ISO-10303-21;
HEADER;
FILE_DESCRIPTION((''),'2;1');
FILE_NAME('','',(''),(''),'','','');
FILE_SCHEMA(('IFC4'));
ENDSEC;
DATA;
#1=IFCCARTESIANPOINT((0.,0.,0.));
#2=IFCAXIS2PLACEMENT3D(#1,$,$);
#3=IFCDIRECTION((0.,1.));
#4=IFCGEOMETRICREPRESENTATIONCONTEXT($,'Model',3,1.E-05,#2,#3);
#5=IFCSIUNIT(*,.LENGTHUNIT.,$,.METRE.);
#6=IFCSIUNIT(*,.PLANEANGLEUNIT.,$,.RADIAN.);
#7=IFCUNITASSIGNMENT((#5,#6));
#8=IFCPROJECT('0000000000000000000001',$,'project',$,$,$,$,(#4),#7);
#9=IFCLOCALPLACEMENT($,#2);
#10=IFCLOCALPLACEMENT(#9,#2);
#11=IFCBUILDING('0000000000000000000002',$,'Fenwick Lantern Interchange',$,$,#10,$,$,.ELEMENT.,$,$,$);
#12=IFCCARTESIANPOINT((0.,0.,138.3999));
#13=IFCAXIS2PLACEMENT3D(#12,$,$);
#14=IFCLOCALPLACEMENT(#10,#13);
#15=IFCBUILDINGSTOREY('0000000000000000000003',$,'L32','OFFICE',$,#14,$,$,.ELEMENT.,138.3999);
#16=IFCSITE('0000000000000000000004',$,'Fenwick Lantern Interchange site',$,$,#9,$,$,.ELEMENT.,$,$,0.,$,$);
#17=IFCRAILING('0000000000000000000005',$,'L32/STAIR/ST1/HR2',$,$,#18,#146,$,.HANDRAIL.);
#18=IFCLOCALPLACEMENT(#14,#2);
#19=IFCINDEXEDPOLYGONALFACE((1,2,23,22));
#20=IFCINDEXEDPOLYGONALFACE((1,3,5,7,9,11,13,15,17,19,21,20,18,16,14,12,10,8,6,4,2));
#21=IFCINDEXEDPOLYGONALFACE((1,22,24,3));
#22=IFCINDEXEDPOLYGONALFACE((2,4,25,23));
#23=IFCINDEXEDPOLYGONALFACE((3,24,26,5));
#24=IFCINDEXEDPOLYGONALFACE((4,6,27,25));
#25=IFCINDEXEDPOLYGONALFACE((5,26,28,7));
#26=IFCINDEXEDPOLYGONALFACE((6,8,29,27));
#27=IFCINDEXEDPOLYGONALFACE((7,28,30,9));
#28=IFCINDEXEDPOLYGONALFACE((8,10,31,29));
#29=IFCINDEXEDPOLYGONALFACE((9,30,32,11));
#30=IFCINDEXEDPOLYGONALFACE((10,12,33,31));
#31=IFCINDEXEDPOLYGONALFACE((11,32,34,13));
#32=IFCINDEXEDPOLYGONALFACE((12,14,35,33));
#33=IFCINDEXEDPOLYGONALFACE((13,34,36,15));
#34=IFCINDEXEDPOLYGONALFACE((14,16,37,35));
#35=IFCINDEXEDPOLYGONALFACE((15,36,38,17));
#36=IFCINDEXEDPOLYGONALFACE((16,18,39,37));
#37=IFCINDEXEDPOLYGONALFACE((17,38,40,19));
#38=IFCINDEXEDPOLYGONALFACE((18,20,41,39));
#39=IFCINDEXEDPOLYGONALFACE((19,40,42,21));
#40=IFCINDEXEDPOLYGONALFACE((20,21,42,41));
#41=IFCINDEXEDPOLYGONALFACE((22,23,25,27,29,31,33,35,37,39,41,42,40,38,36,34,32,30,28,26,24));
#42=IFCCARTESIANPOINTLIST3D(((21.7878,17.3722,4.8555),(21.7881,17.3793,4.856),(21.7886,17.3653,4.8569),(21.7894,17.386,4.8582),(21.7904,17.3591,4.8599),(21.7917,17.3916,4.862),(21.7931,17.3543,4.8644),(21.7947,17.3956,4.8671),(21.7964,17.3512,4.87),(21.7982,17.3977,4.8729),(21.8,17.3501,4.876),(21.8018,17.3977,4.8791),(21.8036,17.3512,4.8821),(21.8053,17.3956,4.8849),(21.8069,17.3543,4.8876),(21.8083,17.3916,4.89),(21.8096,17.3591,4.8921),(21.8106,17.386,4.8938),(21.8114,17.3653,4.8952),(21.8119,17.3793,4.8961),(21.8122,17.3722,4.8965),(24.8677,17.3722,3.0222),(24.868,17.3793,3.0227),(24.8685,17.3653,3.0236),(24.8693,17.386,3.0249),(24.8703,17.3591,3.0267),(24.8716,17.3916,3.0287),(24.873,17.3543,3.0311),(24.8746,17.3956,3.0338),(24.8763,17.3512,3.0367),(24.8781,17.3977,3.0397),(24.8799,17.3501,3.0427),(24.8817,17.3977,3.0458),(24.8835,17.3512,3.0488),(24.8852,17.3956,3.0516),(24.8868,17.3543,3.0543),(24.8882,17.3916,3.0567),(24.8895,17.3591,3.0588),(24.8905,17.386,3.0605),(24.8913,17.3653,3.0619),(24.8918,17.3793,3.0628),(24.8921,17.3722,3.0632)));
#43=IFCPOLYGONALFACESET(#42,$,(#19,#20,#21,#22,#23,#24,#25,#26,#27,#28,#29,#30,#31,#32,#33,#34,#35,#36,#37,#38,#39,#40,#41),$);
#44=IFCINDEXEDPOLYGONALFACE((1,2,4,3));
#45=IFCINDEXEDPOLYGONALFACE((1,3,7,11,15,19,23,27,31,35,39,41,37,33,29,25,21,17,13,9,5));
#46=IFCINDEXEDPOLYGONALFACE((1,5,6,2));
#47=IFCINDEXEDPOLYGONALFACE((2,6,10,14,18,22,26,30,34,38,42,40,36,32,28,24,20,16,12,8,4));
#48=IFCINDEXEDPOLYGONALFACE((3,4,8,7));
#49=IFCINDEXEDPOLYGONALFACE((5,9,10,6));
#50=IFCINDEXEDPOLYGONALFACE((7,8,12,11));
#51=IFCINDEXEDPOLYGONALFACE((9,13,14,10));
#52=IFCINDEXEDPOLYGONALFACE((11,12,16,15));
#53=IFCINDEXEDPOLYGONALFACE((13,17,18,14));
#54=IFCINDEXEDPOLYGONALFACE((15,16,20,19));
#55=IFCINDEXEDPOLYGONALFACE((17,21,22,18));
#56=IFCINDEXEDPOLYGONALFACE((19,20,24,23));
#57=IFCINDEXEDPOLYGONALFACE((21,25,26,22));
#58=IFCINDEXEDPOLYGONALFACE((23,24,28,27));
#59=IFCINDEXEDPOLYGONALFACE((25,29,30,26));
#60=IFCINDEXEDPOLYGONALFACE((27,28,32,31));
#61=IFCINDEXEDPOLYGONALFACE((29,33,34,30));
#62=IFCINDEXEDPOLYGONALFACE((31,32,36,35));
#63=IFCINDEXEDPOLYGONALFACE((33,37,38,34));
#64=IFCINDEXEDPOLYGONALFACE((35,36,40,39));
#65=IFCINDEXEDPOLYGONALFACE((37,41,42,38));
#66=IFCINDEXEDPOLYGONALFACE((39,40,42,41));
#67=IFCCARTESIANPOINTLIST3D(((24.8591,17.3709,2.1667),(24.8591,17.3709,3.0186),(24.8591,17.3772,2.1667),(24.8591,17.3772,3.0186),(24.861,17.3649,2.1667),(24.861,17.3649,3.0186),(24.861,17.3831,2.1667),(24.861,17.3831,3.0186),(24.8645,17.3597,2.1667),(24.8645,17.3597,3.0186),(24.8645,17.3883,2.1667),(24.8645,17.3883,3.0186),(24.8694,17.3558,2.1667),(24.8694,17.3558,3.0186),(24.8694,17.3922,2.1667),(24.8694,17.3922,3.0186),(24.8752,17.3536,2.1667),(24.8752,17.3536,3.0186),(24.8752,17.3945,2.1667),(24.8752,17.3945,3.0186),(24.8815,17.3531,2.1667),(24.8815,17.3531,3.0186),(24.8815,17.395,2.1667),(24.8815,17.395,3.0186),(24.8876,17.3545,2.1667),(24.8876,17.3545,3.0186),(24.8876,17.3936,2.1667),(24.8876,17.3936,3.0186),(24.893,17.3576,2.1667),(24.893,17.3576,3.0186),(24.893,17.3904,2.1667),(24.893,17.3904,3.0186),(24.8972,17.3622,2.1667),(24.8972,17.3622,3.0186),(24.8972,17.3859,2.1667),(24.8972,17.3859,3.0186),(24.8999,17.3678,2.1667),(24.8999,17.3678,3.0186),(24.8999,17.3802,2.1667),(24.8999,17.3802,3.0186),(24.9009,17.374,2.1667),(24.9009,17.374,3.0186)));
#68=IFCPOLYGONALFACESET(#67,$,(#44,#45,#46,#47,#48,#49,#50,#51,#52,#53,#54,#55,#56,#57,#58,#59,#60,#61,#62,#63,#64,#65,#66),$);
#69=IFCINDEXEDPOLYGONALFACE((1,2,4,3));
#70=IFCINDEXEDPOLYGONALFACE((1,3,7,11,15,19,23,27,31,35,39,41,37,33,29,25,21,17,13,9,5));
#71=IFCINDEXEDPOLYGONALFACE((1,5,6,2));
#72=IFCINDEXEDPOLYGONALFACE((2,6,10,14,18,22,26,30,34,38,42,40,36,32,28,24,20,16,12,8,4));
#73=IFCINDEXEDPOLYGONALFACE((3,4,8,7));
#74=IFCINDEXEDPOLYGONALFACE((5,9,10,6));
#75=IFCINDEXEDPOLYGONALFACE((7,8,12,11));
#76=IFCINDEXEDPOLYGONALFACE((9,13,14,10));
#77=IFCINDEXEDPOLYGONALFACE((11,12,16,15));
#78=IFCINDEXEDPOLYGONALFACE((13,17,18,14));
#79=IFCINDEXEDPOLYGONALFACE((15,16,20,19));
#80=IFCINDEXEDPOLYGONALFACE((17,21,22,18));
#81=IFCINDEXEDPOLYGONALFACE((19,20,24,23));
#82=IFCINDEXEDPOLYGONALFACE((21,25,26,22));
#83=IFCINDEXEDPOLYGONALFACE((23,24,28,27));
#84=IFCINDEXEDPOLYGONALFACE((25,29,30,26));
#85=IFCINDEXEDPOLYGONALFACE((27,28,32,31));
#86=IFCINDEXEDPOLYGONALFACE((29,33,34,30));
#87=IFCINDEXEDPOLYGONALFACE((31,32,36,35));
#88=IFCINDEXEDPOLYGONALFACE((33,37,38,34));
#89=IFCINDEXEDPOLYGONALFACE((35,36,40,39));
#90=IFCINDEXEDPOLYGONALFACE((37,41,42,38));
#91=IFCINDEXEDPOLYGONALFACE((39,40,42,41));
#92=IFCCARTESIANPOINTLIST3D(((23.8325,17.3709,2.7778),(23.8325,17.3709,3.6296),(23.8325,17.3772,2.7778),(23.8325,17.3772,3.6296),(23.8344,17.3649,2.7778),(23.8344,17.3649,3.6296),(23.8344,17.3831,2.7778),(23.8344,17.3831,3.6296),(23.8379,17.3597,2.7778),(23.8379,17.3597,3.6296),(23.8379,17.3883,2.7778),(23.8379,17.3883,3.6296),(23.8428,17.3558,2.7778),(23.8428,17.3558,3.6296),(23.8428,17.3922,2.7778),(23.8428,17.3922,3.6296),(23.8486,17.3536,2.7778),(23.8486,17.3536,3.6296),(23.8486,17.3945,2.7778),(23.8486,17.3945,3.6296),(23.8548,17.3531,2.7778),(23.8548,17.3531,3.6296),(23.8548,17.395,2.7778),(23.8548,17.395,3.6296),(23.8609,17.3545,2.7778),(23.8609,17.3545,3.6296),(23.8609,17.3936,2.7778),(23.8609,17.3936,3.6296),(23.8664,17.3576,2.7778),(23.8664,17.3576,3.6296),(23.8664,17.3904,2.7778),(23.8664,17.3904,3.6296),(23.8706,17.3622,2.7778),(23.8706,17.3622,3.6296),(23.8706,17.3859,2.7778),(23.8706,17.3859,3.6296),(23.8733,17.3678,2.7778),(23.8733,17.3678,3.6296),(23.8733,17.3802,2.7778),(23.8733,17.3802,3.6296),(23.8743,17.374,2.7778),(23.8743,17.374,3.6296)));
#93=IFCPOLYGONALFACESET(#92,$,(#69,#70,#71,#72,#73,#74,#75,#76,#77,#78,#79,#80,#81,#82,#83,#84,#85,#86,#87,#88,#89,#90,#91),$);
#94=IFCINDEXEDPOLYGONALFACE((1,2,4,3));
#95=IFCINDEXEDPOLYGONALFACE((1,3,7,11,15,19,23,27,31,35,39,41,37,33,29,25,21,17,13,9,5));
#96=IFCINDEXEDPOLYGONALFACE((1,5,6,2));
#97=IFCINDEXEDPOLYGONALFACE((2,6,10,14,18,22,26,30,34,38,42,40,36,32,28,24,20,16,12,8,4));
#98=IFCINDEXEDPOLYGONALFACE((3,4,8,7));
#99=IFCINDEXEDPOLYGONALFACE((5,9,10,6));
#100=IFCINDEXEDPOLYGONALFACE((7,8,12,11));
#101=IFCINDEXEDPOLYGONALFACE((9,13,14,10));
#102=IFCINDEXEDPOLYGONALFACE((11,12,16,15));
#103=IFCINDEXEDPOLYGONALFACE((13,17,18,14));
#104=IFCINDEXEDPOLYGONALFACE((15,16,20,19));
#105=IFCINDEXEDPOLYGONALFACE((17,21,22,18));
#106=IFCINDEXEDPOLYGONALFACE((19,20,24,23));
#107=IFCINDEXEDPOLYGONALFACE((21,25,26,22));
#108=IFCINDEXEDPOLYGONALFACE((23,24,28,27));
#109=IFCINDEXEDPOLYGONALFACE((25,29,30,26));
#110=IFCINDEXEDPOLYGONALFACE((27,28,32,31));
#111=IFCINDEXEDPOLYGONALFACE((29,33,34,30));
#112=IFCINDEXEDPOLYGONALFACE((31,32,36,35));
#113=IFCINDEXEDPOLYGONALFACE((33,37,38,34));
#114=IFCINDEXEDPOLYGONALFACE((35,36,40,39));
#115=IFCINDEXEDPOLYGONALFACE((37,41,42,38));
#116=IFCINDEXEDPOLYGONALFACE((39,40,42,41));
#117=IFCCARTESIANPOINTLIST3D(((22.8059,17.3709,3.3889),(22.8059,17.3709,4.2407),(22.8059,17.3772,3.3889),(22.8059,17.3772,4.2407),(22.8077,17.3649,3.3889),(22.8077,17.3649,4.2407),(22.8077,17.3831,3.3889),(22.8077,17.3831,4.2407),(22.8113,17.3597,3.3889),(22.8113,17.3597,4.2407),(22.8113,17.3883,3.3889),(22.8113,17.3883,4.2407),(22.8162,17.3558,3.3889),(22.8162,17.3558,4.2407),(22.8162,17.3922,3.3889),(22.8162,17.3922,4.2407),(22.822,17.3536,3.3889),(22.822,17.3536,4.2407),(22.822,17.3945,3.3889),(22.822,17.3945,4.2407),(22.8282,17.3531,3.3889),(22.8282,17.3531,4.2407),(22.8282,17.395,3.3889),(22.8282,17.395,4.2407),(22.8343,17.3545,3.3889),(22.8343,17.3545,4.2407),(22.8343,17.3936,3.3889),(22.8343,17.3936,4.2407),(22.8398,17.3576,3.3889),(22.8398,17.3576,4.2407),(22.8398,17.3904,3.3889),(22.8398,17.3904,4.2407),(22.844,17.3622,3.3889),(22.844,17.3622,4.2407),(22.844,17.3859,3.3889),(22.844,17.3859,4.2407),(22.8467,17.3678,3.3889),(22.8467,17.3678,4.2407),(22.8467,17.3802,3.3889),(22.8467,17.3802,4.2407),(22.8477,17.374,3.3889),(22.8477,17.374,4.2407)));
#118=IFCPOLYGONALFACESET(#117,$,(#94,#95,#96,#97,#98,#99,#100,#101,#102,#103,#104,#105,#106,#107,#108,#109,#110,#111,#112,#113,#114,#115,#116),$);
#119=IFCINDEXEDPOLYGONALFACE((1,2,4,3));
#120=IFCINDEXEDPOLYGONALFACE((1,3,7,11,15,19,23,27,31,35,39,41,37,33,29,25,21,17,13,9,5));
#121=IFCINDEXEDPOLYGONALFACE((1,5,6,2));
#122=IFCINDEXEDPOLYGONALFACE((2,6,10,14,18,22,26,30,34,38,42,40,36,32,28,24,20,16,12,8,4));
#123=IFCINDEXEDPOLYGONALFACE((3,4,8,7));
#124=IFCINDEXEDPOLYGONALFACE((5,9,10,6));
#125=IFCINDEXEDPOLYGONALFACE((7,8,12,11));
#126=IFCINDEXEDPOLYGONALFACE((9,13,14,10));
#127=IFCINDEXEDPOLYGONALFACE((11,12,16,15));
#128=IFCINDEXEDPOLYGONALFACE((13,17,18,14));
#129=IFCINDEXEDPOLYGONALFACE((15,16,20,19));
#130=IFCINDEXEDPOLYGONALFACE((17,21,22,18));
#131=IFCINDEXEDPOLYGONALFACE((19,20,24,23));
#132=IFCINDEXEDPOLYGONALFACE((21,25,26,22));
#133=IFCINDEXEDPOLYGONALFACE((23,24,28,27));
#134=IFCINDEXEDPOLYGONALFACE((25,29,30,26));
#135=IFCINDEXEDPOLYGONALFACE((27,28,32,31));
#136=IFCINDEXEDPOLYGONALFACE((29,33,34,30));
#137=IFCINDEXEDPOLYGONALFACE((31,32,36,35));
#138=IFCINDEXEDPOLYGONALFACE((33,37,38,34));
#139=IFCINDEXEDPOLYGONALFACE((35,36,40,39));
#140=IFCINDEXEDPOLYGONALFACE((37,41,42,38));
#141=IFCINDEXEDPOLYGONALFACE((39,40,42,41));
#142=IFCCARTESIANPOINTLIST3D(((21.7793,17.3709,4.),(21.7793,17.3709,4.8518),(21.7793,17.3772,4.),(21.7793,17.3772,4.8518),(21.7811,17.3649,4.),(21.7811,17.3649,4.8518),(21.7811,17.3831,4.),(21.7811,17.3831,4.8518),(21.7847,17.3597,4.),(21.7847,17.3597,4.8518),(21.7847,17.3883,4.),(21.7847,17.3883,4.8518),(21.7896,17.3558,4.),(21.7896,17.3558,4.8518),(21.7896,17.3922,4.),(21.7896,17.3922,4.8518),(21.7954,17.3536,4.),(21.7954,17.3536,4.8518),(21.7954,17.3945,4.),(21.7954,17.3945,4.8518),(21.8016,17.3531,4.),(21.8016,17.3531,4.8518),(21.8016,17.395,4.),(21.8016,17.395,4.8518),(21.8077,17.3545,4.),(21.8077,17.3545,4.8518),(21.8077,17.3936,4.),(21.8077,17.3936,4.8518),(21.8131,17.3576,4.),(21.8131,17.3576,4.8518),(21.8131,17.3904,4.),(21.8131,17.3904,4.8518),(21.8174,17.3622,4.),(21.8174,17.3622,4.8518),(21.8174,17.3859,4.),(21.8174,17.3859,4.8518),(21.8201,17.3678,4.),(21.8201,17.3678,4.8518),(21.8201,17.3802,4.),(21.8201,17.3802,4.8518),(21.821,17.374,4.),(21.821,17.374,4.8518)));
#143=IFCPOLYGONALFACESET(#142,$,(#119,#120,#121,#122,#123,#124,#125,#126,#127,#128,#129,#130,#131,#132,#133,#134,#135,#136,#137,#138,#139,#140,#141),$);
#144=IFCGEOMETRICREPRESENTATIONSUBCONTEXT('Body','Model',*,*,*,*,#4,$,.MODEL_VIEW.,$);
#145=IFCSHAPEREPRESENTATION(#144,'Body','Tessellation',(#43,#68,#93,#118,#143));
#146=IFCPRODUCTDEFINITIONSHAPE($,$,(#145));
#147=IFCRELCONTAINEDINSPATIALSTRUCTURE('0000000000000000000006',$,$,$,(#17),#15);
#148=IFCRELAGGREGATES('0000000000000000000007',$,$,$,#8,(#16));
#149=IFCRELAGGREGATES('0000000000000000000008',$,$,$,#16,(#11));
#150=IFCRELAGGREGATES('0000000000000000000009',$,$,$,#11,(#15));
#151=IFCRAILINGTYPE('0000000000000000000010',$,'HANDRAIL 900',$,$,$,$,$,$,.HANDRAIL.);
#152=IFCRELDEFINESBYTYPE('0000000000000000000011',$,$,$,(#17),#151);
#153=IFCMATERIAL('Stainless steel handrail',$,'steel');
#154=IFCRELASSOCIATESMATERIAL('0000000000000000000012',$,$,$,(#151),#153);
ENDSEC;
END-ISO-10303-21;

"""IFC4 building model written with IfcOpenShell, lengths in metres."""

from ifc_helpers import new_model, si_unit, direction, frame, origin, origin_2d, place, context, subcontext, project, spatial, circle, extrude, material, type_object, element, save


model = new_model("IFC4")

# Units and contexts
model_context = context("Model", 3, precision=1e-05, world=origin(), true_north=direction((0.0, 1.0)))
body_context = subcontext(model_context, "Body", "Model", "MODEL_VIEW")
ifc_project = project(units=[si_unit("LENGTHUNIT", "METRE"), si_unit("PLANEANGLEUNIT", "RADIAN")], contexts=[model_context])

# Site, building, storey
site_placement = place(None, origin())
site = spatial("IfcSite", under=ifc_project, at=site_placement, Name="Fenwick Lantern Interchange site", CompositionType="ELEMENT", RefElevation=0.0)
building_placement = place(site_placement, origin())
building = spatial("IfcBuilding", under=site, at=building_placement, Name="Fenwick Lantern Interchange", CompositionType="ELEMENT")
storey_placement = place(building_placement, frame((0.0, 0.0, 138.3999)))
storey = spatial("IfcBuildingStorey", under=building, at=storey_placement, Name="L32", Description="OFFICE", CompositionType="ELEMENT", Elevation=138.3999)

# Railing
ifc_material_1 = material(Name="Stainless steel handrail", Category="steel")
railing_type = type_object("IfcRailingType", Name="HANDRAIL 900", PredefinedType="HANDRAIL", material=ifc_material_1)
railing_1_placement = place(storey_placement, frame((24.8799, 17.374, 2.1667)))
element("IfcRailing", 1, at=railing_1_placement, inside=storey, type_object=railing_type, Name="L32/STAIR/ST1/HR2", PredefinedType="HANDRAIL", context=body_context, shape_type="SweptSolid", body=[
    extrude(circle(Radius=0.0239, at=origin_2d()), frame((0.0, 0.0, 0.876), z_axis=(-0.859291, 0.0, 0.511487), x_axis=(0.0, -1.0, 0.0)), (0.0, 0.0, 1.0), 3.5842),
    extrude(circle(Radius=0.021, at=origin_2d()), origin(), (0.0, 0.0, 1.0), 0.8518),
    extrude(circle(Radius=0.021, at=origin_2d()), frame((-1.0266, 0.0, 0.6111)), (0.0, 0.0, 1.0), 0.8518),
    extrude(circle(Radius=0.021, at=origin_2d()), frame((-2.0532, 0.0, 1.2222)), (0.0, 0.0, 1.0), 0.8518),
    extrude(circle(Radius=0.021, at=origin_2d()), frame((-3.0798, 0.0, 1.8333)), (0.0, 0.0, 1.0), 0.8518),
])

save(model, "model.ifc")
